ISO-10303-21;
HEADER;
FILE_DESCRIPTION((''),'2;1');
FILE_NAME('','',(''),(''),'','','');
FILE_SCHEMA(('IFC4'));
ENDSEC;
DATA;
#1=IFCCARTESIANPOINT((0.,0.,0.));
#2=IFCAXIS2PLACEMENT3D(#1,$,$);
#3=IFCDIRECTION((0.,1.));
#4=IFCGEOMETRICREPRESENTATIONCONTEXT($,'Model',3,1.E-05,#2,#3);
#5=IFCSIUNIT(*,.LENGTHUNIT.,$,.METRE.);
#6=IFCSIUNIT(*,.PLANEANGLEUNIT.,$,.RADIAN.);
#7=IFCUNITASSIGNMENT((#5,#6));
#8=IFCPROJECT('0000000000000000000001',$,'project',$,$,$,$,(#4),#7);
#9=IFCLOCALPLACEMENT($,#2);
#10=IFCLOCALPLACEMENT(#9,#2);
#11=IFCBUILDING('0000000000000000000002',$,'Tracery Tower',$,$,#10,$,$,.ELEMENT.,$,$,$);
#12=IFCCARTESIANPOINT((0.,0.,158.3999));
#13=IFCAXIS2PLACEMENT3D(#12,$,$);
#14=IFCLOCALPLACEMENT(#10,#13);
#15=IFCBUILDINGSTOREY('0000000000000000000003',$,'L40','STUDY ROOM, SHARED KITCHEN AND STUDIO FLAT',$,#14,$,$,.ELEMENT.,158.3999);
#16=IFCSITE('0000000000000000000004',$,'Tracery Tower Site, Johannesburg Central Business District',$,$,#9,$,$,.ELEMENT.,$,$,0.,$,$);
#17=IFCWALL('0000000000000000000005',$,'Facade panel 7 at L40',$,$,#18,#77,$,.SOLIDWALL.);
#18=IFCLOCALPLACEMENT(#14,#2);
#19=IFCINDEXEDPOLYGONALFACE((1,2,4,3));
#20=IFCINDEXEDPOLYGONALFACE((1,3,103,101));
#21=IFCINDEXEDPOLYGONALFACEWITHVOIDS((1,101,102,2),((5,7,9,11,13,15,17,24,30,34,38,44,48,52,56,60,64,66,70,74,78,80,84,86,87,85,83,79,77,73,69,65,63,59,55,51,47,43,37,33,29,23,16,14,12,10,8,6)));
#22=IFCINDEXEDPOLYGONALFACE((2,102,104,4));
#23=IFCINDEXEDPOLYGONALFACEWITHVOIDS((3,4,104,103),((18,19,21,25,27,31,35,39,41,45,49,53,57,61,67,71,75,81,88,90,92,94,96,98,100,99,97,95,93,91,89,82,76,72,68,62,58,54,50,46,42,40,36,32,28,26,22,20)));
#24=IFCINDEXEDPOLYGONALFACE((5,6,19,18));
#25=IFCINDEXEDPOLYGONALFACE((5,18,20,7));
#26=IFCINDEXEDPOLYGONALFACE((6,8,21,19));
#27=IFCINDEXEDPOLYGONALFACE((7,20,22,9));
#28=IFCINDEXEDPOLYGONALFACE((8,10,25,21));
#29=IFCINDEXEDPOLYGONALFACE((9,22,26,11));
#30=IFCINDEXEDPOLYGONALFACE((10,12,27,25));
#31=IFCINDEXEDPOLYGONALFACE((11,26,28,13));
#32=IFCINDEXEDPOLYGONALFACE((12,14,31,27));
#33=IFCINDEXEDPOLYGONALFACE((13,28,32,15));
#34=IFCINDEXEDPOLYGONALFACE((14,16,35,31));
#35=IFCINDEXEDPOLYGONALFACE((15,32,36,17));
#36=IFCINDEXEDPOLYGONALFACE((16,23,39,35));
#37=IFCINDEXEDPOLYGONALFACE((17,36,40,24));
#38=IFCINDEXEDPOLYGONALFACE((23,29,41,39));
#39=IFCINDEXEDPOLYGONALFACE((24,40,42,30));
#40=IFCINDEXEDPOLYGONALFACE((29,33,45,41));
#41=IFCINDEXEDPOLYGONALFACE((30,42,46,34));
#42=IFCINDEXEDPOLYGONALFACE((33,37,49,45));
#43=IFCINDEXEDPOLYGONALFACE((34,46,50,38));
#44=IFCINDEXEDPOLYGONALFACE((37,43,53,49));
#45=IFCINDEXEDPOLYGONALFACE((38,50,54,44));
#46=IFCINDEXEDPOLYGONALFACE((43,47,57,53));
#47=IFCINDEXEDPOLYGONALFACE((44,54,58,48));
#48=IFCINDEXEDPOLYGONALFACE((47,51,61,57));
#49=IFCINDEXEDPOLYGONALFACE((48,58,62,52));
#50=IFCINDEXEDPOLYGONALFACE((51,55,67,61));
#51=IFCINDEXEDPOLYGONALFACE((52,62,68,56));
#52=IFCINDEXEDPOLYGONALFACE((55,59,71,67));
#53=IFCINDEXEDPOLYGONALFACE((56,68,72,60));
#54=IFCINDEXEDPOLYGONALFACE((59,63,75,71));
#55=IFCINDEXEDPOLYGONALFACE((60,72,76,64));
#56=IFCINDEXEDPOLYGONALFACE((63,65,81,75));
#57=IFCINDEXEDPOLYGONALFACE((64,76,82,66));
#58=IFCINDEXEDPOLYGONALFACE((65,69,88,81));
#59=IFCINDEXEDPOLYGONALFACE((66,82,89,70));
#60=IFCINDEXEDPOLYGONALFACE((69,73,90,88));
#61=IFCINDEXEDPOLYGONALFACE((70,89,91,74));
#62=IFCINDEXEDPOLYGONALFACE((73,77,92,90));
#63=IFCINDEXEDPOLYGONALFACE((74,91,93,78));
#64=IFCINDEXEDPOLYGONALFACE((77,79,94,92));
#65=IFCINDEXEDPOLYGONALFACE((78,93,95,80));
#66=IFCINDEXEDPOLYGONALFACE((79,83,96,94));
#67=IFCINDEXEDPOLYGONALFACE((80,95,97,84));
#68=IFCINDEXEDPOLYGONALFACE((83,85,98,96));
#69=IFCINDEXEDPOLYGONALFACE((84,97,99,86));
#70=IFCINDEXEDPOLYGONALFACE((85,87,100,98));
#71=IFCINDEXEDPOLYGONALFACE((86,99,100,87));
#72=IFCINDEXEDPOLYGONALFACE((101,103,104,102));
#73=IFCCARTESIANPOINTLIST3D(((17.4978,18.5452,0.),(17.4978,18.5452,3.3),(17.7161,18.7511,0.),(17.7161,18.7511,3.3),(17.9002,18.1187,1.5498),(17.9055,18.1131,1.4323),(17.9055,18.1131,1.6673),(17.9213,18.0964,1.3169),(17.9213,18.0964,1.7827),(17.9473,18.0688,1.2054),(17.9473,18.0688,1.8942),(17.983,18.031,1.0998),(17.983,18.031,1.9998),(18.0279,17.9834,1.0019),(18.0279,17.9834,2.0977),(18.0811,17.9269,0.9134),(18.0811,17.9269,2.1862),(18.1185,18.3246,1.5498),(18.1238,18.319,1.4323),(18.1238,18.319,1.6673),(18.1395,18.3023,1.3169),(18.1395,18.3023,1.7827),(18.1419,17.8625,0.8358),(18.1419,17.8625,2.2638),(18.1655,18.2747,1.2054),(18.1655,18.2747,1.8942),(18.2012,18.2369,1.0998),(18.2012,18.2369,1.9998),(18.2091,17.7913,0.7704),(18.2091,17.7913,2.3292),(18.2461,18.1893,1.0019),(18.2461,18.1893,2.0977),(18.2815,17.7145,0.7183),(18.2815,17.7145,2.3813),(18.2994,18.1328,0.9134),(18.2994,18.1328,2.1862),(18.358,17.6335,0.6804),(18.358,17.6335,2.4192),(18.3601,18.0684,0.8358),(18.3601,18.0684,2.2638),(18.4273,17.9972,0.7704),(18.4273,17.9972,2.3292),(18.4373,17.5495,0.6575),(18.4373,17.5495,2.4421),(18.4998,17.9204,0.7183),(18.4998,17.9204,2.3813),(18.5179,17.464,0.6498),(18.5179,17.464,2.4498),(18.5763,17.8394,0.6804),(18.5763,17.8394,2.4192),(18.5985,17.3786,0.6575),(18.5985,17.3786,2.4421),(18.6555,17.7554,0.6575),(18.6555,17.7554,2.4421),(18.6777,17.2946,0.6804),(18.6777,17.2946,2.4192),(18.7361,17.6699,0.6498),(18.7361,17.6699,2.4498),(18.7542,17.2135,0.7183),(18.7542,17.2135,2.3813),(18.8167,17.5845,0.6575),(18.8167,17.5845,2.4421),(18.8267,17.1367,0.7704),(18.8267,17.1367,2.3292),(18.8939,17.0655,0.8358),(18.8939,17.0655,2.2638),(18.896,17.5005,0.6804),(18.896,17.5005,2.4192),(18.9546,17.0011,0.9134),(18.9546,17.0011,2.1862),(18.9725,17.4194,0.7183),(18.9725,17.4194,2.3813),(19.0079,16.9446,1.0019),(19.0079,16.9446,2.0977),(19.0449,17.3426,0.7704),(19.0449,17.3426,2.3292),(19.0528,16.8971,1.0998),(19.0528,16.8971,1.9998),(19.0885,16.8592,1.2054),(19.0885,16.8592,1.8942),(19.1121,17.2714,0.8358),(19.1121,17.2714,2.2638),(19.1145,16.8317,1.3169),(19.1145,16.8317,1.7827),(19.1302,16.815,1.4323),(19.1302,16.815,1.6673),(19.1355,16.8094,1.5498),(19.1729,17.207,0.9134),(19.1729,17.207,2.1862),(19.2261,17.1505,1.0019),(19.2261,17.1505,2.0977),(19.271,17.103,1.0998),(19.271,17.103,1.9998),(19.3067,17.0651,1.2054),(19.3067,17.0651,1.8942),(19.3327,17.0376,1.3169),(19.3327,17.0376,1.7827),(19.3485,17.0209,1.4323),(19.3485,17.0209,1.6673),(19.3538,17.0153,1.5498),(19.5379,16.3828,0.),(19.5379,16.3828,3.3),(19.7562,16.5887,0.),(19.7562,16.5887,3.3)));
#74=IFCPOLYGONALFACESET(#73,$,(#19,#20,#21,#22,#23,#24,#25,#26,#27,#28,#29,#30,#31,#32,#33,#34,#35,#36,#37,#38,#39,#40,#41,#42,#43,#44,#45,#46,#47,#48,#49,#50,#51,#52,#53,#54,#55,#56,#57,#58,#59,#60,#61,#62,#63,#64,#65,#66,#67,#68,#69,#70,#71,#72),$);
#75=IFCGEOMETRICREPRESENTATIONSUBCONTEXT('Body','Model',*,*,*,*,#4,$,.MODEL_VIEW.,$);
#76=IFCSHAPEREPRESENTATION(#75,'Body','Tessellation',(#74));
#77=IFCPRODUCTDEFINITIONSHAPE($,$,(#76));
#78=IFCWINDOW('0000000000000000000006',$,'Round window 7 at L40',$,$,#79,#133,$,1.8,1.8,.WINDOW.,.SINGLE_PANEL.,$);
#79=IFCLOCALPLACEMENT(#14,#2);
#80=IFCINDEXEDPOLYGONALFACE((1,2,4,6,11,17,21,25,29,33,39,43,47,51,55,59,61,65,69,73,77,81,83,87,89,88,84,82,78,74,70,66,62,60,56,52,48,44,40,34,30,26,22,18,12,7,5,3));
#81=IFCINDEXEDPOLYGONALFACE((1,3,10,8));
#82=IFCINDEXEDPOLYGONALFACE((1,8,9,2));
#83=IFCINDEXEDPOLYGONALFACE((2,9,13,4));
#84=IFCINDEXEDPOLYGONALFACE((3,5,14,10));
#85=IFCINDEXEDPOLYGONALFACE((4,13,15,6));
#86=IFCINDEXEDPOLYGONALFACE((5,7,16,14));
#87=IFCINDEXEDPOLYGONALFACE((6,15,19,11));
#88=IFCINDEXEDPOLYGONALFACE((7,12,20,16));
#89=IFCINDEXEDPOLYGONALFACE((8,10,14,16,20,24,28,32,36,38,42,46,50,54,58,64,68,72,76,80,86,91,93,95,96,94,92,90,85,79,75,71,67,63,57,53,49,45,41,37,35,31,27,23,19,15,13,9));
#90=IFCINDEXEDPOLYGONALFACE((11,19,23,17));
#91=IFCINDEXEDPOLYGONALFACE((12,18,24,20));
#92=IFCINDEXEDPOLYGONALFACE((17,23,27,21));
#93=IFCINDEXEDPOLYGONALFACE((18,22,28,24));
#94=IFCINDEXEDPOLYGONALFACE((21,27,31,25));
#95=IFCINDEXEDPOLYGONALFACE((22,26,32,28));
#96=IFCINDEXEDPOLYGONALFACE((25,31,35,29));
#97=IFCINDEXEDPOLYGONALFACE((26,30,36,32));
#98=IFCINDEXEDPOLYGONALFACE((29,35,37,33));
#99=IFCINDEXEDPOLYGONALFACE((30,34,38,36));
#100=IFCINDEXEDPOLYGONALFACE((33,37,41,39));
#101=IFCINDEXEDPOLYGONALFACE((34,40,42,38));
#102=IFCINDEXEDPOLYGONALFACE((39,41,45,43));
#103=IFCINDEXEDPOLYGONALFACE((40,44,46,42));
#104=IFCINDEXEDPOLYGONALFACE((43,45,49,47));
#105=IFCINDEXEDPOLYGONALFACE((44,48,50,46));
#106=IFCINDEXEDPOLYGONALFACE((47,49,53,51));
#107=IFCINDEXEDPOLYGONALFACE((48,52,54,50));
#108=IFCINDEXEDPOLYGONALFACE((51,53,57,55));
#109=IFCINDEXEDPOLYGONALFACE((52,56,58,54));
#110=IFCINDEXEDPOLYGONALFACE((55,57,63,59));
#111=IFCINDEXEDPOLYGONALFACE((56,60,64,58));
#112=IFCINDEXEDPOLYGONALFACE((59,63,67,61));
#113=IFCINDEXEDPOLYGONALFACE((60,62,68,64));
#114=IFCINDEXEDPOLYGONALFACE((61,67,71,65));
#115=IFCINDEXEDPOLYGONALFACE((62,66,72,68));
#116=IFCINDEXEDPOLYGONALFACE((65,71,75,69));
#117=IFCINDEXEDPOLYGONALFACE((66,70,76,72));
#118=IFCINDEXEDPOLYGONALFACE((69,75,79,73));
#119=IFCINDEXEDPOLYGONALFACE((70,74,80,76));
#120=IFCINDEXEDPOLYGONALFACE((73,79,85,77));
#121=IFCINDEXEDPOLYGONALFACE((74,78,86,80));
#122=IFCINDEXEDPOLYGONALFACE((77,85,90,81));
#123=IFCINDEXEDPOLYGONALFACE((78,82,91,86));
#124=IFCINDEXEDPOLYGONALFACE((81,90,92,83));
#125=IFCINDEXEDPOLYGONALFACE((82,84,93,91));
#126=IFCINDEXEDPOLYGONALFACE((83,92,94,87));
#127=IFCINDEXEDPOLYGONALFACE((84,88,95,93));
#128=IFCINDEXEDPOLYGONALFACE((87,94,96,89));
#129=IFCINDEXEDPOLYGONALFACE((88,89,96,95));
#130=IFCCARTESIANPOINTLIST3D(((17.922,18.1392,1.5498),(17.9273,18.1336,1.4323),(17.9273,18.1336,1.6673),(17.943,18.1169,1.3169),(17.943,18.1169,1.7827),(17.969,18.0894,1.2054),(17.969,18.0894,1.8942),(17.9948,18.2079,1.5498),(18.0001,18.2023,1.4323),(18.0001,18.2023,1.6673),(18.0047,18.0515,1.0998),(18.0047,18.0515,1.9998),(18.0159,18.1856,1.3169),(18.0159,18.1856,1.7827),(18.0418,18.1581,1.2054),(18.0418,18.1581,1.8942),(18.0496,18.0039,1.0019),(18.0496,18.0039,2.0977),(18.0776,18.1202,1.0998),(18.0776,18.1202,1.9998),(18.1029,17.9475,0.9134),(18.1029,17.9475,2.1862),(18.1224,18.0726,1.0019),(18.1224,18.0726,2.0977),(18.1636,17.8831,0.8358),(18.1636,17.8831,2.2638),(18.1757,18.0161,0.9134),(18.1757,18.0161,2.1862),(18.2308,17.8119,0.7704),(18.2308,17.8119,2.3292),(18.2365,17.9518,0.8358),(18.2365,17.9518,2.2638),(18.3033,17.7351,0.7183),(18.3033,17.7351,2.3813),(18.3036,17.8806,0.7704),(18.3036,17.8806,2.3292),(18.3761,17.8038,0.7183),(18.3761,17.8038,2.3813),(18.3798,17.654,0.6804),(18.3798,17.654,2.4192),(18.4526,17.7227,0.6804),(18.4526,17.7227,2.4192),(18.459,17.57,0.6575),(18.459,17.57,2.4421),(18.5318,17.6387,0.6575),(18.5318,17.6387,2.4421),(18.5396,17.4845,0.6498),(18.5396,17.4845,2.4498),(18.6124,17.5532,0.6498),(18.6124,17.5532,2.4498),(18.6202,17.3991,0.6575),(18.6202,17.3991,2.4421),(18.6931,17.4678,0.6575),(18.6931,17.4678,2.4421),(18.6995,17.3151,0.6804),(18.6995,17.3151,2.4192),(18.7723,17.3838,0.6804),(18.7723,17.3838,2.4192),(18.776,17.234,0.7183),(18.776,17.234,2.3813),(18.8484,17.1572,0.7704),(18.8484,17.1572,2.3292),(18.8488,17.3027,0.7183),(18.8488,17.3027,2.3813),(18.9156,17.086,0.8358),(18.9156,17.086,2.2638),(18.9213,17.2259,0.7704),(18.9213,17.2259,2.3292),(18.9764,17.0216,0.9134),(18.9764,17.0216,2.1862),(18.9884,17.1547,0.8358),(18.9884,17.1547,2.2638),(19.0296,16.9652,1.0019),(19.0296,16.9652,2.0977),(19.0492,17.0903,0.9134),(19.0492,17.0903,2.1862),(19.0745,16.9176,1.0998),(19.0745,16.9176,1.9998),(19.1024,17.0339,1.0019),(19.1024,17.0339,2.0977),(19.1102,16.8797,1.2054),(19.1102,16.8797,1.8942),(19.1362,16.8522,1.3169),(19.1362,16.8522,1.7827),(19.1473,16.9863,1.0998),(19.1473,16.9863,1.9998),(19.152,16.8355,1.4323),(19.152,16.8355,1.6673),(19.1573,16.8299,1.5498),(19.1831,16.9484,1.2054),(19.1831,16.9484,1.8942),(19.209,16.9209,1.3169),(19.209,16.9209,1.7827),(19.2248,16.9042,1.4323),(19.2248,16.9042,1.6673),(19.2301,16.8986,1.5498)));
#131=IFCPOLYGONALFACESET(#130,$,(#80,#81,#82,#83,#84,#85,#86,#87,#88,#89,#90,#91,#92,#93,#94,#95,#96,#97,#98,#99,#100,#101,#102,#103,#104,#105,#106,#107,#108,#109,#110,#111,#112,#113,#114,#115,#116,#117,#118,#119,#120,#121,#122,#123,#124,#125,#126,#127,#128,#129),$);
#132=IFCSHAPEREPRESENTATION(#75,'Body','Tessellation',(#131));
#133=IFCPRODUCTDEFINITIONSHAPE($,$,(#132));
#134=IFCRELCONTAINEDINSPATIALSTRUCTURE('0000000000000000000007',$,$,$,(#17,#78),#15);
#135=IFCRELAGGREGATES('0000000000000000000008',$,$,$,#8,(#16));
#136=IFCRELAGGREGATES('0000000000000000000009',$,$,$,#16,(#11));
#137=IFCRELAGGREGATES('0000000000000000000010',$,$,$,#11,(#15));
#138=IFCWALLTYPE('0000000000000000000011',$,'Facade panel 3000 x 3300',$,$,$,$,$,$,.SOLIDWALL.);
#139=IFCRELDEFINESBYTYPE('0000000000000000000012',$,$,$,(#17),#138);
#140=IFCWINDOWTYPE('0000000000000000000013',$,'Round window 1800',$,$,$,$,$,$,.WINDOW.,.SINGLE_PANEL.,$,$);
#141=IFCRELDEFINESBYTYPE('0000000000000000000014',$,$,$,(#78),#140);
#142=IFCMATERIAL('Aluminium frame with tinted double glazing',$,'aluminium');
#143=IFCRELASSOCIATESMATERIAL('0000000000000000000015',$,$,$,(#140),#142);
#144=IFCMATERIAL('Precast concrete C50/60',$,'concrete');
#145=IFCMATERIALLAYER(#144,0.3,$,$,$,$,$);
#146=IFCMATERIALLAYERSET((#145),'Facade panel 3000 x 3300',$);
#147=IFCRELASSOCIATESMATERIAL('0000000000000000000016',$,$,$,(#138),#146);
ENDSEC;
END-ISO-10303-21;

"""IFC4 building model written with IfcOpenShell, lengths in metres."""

from ifc_helpers import new_model, si_unit, direction, frame, frame_2d, origin, origin_2d, place, context, subcontext, project, spatial, rectangle, circle, extrude, material, layer, layer_set, type_object, element, fill, save


model = new_model("IFC4")

# Units and contexts
model_context = context("Model", 3, precision=1e-05, world=origin(), true_north=direction((0.0, 1.0)))
body_context = subcontext(model_context, "Body", "Model", "MODEL_VIEW")
ifc_project = project(units=[si_unit("LENGTHUNIT", "METRE"), si_unit("PLANEANGLEUNIT", "RADIAN")], contexts=[model_context])

# Site, building, storey
site_placement = place(None, origin())
site = spatial("IfcSite", under=ifc_project, at=site_placement, Name="Tracery Tower Site, Johannesburg Central Business District", CompositionType="ELEMENT", RefElevation=0.0)
building_placement = place(site_placement, origin())
building = spatial("IfcBuilding", under=site, at=building_placement, Name="Tracery Tower", CompositionType="ELEMENT")
storey_placement = place(building_placement, frame((0.0, 0.0, 158.3999)))
storey = spatial("IfcBuildingStorey", under=building, at=storey_placement, Name="L40", Description="STUDY ROOM, SHARED KITCHEN AND STUDIO FLAT", CompositionType="ELEMENT", Elevation=158.3999)

# Wall, opening, window
ifc_material_1 = material(Name="Aluminium frame with tinted double glazing", Category="aluminium")
window_type = type_object("IfcWindowType", Name="Round window 1800", PartitioningType="SINGLE_PANEL", PredefinedType="WINDOW", material=ifc_material_1)
ifc_material_2 = material(Name="Precast concrete C50/60", Category="concrete")
ifc_layer_1 = layer(ifc_material_2, 0.3)
ifc_layer_set_1 = layer_set([ifc_layer_1], Name="Facade panel 3000 x 3300")
wall_type_1 = type_object("IfcWallType", Name="Facade panel 3000 x 3300", PredefinedType="SOLIDWALL", material=ifc_layer_set_1)
wall_1_placement = place(storey_placement, frame((19.647, 16.4858, 0.0), z_axis=(0.0, 0.0, 1.0), x_axis=(-0.686235, 0.72738, 0.0)))
wall_1 = element("IfcWall", 1, at=wall_1_placement, inside=storey, type_object=wall_type_1, Name="Facade panel 7 at L40", PredefinedType="SOLIDWALL", context=body_context, shape_type="SweptSolid", body=[
    extrude(rectangle(XDim=2.9729, YDim=0.3, at=frame_2d((1.4863, 0.0))), origin(), (0.0, 0.0, 1.0), 3.3),
])
opening_1_placement = place(wall_1_placement, frame((1.4863, 0.0, 1.5498)))
opening_1 = element("IfcOpeningElement", 2, at=opening_1_placement, cuts=wall_1, PredefinedType="OPENING", context=body_context, shape_type="SweptSolid", body=[
    extrude(circle(Radius=0.9, at=origin_2d()), frame((0.0, 0.1599, 0.0), z_axis=(0.0, -1.0, 0.0), x_axis=(1.0, 0.0, 0.0)), (0.0, 0.0, 1.0), 0.3201),
])
window_1_placement = place(opening_1_placement, origin())
window_1 = element("IfcWindow", 3, at=window_1_placement, inside=storey, type_object=window_type, Name="Round window 7 at L40", OverallHeight=1.8, OverallWidth=1.8, PartitioningType="SINGLE_PANEL", PredefinedType="WINDOW", context=body_context, shape_type="SweptSolid", body=[
    extrude(circle(Radius=0.9, at=origin_2d()), frame((0.0, 0.1201, 0.0), z_axis=(0.0, -1.0, 0.0), x_axis=(1.0, 0.0, 0.0)), (0.0, 0.0, 1.0), 0.1001),
])
fill(opening_1, window_1)

save(model, "model.ifc")
